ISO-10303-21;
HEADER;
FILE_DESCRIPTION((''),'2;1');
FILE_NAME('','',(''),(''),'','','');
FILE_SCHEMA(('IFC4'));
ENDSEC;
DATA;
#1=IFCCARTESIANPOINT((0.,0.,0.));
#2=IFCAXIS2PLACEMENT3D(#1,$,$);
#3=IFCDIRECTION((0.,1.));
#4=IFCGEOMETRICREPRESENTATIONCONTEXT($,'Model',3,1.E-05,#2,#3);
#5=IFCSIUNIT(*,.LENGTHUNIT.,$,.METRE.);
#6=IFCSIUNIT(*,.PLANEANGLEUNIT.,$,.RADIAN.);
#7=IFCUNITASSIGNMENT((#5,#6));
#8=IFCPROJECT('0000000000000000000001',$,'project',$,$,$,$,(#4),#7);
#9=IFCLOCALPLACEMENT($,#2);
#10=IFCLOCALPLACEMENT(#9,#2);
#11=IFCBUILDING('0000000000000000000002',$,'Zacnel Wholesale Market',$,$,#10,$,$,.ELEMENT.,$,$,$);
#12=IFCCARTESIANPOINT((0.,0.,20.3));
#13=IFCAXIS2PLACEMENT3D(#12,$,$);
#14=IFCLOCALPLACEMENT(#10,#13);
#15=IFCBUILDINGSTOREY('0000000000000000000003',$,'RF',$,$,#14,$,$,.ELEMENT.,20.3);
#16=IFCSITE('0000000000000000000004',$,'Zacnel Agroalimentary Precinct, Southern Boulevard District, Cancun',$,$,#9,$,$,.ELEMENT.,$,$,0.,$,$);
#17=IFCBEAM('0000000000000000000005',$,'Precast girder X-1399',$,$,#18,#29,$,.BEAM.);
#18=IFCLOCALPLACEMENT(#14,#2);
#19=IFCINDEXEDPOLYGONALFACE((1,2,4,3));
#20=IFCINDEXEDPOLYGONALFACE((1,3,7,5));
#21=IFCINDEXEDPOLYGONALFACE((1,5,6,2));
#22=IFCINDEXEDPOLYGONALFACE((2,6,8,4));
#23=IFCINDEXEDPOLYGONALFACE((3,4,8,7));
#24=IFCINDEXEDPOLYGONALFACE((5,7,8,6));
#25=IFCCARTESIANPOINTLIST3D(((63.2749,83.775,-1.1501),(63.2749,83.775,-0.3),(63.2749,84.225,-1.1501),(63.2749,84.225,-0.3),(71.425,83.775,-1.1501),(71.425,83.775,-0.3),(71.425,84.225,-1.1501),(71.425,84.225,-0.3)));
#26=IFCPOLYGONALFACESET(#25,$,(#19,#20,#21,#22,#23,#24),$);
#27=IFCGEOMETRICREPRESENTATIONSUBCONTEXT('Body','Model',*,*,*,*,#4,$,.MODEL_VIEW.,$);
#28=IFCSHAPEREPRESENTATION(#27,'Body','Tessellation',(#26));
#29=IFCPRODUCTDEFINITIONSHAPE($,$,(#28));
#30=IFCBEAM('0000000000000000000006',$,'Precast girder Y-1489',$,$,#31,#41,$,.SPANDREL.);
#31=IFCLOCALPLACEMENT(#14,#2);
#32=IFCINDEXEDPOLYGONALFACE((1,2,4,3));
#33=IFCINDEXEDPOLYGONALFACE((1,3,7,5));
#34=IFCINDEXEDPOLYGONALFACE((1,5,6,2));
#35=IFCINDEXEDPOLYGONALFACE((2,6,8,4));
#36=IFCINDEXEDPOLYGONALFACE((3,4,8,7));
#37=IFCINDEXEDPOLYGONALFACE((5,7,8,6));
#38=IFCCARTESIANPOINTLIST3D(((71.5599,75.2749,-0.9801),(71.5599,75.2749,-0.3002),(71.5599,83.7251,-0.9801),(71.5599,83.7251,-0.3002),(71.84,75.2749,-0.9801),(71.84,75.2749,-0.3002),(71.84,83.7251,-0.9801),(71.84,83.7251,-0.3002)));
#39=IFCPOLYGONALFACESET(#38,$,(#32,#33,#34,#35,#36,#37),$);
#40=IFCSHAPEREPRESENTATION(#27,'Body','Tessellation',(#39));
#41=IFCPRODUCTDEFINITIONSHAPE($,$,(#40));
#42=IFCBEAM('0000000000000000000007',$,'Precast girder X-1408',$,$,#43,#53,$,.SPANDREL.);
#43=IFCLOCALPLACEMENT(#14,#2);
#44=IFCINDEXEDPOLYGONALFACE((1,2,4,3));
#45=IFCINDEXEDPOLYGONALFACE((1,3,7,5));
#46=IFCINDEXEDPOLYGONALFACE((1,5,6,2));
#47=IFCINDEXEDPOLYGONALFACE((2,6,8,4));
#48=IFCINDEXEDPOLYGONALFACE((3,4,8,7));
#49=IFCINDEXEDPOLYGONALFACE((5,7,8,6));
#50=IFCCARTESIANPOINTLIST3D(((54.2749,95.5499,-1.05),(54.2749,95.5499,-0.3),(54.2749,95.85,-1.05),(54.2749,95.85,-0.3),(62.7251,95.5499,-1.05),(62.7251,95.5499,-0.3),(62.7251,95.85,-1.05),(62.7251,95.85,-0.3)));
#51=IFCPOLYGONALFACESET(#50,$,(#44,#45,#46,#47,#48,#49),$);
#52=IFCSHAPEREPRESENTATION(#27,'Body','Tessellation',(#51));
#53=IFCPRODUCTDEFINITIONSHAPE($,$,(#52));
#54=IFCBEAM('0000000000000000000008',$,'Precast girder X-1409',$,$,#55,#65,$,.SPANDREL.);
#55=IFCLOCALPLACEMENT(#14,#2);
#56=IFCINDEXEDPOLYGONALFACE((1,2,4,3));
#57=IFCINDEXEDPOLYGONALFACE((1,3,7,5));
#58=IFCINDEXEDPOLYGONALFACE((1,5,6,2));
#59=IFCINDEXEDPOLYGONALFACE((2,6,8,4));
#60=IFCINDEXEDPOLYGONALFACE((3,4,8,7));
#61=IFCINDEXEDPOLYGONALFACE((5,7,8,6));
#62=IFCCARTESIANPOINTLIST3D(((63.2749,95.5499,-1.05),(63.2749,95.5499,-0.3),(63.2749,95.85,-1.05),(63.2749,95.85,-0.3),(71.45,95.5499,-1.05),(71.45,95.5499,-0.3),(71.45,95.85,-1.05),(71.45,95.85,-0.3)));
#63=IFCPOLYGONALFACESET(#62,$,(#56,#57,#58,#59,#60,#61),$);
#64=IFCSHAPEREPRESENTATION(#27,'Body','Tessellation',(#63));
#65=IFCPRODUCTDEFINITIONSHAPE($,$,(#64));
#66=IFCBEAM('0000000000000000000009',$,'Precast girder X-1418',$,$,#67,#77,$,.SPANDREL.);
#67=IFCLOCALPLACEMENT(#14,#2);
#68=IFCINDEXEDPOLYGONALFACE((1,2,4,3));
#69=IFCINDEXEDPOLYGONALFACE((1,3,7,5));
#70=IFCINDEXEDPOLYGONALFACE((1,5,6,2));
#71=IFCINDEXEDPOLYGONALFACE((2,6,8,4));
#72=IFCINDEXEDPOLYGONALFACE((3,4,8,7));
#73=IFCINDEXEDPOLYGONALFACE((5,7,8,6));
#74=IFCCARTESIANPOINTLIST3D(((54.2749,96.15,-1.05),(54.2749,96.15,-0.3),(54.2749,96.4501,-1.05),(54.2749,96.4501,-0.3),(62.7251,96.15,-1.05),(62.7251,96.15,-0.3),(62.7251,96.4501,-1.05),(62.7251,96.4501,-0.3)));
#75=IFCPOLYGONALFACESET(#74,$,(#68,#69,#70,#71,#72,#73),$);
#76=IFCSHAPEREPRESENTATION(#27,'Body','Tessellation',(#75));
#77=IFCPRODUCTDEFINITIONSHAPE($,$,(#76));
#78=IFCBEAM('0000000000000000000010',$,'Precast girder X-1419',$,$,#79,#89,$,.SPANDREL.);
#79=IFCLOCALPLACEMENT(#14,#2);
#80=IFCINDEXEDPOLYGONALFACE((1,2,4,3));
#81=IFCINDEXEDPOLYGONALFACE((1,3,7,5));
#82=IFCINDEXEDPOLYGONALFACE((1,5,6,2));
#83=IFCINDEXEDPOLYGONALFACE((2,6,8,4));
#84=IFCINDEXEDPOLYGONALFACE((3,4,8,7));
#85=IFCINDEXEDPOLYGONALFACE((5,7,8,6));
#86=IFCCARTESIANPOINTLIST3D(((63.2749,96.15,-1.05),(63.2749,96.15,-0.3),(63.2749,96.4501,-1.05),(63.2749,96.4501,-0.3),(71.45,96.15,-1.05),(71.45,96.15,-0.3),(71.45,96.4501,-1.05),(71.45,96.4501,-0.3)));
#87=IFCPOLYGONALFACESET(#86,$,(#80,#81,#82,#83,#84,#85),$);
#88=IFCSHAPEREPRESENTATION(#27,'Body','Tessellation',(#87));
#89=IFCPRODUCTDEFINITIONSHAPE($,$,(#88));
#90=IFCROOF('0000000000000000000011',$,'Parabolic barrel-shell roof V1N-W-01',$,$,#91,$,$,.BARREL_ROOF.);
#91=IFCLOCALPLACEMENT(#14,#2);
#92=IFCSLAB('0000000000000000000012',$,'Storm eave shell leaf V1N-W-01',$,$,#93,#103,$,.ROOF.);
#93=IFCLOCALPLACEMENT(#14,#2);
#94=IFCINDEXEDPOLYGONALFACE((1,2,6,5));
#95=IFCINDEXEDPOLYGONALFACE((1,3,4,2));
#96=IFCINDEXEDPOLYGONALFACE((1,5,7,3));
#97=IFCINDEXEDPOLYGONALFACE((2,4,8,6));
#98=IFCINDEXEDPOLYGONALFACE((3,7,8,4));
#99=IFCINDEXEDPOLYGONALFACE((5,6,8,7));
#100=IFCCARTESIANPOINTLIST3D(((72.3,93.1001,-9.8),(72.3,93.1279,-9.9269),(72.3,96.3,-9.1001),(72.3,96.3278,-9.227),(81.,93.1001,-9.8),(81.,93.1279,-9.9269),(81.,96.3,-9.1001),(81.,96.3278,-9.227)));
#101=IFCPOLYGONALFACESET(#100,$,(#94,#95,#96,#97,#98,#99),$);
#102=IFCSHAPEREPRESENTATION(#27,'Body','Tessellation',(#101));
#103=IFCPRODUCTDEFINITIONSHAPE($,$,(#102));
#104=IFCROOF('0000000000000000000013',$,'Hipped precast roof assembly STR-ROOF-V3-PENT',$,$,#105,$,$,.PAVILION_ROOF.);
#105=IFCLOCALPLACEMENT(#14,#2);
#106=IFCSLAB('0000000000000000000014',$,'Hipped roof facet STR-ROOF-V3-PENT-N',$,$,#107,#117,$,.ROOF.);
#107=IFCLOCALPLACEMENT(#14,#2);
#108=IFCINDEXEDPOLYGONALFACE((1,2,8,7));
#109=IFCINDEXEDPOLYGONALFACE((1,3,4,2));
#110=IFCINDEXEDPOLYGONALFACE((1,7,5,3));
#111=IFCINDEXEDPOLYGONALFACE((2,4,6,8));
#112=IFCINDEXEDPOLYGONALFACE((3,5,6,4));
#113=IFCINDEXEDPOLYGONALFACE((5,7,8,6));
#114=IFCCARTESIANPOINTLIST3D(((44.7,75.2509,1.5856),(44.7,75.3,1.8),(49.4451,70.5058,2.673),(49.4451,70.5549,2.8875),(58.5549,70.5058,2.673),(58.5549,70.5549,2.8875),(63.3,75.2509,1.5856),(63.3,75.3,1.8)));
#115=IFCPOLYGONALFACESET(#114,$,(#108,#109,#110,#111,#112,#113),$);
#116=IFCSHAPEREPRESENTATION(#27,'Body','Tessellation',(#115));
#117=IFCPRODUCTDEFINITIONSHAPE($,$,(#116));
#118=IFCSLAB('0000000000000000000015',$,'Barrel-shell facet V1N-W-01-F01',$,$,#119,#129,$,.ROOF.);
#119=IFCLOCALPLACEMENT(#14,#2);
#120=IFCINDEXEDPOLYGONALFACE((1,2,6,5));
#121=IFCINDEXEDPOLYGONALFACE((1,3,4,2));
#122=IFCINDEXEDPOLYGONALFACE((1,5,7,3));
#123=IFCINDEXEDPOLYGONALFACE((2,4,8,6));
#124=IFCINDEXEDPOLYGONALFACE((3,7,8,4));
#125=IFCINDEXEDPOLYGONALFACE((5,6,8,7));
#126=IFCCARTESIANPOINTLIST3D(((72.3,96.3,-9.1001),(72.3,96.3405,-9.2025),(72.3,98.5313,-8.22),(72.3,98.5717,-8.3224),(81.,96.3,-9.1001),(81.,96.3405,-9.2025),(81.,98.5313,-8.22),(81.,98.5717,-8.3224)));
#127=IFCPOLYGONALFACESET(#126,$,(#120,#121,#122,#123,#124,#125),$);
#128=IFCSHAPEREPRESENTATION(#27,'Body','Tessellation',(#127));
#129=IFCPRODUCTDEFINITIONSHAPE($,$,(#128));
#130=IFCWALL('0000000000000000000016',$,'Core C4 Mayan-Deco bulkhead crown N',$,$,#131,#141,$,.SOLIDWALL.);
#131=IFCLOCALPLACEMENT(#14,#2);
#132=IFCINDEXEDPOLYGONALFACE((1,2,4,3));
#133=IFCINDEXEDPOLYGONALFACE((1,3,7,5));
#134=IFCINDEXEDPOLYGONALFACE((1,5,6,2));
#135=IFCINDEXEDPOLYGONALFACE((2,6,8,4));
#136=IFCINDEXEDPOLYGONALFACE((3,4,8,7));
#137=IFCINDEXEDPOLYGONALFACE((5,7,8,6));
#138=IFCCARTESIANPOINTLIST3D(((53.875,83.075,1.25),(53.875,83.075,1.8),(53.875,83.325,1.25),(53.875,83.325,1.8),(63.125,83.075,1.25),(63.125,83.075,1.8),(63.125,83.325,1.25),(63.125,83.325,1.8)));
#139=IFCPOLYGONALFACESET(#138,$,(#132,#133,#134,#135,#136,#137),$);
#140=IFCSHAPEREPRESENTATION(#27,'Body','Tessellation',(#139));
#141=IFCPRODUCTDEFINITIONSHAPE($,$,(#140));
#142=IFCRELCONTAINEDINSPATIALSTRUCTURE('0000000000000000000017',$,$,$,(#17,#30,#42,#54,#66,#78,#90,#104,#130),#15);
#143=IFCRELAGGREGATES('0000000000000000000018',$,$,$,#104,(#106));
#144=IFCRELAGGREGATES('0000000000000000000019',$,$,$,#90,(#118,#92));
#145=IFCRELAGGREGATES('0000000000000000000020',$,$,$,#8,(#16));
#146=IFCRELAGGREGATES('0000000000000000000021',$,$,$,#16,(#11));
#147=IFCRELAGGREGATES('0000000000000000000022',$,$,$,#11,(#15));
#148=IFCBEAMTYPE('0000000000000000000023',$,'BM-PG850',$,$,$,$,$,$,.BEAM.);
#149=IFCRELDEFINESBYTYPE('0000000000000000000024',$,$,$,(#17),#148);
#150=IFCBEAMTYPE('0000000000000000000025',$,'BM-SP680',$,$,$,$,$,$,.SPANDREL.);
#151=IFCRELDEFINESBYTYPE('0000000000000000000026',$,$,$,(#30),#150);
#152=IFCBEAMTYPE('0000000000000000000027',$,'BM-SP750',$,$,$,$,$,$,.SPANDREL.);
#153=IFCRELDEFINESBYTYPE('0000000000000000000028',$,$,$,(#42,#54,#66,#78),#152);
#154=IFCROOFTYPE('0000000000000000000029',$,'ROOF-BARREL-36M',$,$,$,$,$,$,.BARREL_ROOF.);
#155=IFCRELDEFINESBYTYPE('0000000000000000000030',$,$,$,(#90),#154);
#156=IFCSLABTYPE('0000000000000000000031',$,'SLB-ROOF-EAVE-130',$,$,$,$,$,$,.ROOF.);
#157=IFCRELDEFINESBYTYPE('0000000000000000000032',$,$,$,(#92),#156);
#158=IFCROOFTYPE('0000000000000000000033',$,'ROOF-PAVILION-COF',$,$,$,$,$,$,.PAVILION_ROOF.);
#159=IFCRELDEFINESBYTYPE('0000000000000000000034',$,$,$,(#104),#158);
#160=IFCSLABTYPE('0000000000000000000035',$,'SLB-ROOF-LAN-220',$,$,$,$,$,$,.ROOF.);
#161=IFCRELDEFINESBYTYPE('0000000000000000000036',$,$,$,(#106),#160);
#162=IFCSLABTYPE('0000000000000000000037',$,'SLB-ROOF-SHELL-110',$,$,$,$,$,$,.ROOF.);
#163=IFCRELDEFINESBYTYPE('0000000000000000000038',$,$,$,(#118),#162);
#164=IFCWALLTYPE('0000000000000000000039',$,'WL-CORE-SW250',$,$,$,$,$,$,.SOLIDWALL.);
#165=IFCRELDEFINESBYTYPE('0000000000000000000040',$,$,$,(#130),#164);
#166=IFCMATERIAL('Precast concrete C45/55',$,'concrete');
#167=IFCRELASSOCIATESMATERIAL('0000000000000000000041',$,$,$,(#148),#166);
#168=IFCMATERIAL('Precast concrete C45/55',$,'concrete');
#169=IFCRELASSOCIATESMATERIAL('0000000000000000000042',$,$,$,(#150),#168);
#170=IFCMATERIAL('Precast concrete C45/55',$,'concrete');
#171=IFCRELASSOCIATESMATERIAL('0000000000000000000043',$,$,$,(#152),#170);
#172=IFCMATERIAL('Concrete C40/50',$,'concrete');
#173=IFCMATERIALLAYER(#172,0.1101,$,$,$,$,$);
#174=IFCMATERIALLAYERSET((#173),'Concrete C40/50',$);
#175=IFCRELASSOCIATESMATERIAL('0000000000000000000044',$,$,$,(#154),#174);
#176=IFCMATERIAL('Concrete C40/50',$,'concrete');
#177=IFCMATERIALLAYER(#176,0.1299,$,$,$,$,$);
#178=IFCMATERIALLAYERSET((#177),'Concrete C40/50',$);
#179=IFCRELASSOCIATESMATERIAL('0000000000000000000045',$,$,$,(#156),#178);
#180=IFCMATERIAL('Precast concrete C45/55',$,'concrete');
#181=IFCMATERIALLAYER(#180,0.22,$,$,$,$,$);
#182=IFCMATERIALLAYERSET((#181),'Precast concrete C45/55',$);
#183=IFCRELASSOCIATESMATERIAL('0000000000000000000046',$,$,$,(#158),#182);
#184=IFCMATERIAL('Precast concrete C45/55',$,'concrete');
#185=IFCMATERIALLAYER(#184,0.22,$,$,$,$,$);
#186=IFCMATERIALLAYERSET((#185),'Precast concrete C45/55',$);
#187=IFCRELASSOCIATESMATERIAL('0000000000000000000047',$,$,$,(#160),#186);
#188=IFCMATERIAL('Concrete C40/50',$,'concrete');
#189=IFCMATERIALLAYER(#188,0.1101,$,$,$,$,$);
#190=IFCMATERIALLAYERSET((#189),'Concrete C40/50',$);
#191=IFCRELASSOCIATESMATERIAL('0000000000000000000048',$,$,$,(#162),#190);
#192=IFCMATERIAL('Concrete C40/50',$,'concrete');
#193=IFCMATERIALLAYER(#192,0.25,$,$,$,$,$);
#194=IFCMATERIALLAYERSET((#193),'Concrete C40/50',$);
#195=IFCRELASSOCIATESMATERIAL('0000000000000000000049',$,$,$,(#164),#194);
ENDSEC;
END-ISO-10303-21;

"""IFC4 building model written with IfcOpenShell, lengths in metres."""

from ifc_helpers import new_model, si_unit, direction, frame, frame_2d, origin, origin_2d, place, context, subcontext, project, spatial, polyline, rectangle, outline, extrude, material, layer, layer_set, material_profile, profile_set, type_object, element, aggregate, save


model = new_model("IFC4")

# Units and contexts
model_context = context("Model", 3, precision=1e-05, world=origin(), true_north=direction((0.0, 1.0)))
body_context = subcontext(model_context, "Body", "Model", "MODEL_VIEW")
ifc_project = project(units=[si_unit("LENGTHUNIT", "METRE"), si_unit("PLANEANGLEUNIT", "RADIAN")], contexts=[model_context])

# Site, building, storey
site_placement = place(None, origin())
site = spatial("IfcSite", under=ifc_project, at=site_placement, Name="Zacnel Agroalimentary Precinct, Southern Boulevard District, Cancun", CompositionType="ELEMENT", RefElevation=0.0)
building_placement = place(site_placement, origin())
building = spatial("IfcBuilding", under=site, at=building_placement, Name="Zacnel Wholesale Market", CompositionType="ELEMENT")
storey_placement = place(building_placement, frame((0.0, 0.0, 20.3)))
storey = spatial("IfcBuildingStorey", under=building, at=storey_placement, Name="RF", CompositionType="ELEMENT", Elevation=20.3)

# Beams
ifc_material_1 = material(Name="Precast concrete C45/55", Category="concrete")
ifc_material_profile_1 = material_profile(ifc_material_1, rectangle(XDim=0.45, YDim=0.8501, at=origin_2d()), Name="PG 450x850")
ifc_profile_set_1 = profile_set([ifc_material_profile_1], Name="Precast concrete C45/55")
beam_type_1 = type_object("IfcBeamType", Name="BM-PG850", PredefinedType="BEAM", material=ifc_profile_set_1)
beam_1_placement = place(storey_placement, frame((63.2749, 84.0, -0.7251), z_axis=(1.0, 0.0, 0.0), x_axis=(0.0, 1.0, 0.0)))
element("IfcBeam", 1, at=beam_1_placement, inside=storey, type_object=beam_type_1, Name="Precast girder X-1399", PredefinedType="BEAM", context=body_context, shape_type="SweptSolid", body=[
    extrude(rectangle(XDim=0.45, YDim=0.8501, at=origin_2d()), origin(), (0.0, 0.0, 1.0), 8.1501),
])
ifc_material_2 = material(Name="Precast concrete C45/55", Category="concrete")
ifc_material_profile_2 = material_profile(ifc_material_2, rectangle(XDim=0.28, YDim=0.6799, at=origin_2d()), Name="SP 280x680")
ifc_profile_set_2 = profile_set([ifc_material_profile_2], Name="Precast concrete C45/55")
beam_type_2 = type_object("IfcBeamType", Name="BM-SP680", PredefinedType="SPANDREL", material=ifc_profile_set_2)
beam_2_placement = place(storey_placement, frame((71.7, 75.2749, -0.6401), z_axis=(0.0, 1.0, 0.0), x_axis=(-1.0, 0.0, 0.0)))
element("IfcBeam", 2, at=beam_2_placement, inside=storey, type_object=beam_type_2, Name="Precast girder Y-1489", PredefinedType="SPANDREL", context=body_context, shape_type="SweptSolid", body=[
    extrude(rectangle(XDim=0.28, YDim=0.6799, at=origin_2d()), origin(), (0.0, 0.0, 1.0), 8.4502),
])
ifc_material_3 = material(Name="Precast concrete C45/55", Category="concrete")
ifc_material_profile_3 = material_profile(ifc_material_3, rectangle(XDim=0.3, YDim=0.75, at=origin_2d()), Name="SP 300x750")
ifc_profile_set_3 = profile_set([ifc_material_profile_3], Name="Precast concrete C45/55")
beam_type_3 = type_object("IfcBeamType", Name="BM-SP750", PredefinedType="SPANDREL", material=ifc_profile_set_3)
beam_3_placement = place(storey_placement, frame((54.2749, 95.7, -0.675), z_axis=(1.0, 0.0, 0.0), x_axis=(0.0, 1.0, 0.0)))
element("IfcBeam", 3, at=beam_3_placement, inside=storey, type_object=beam_type_3, Name="Precast girder X-1408", PredefinedType="SPANDREL", context=body_context, shape_type="SweptSolid", body=[
    extrude(rectangle(XDim=0.3, YDim=0.75, at=origin_2d()), origin(), (0.0, 0.0, 1.0), 8.4502),
])
beam_4_placement = place(storey_placement, frame((63.2749, 95.7, -0.675), z_axis=(1.0, 0.0, 0.0), x_axis=(0.0, 1.0, 0.0)))
element("IfcBeam", 4, at=beam_4_placement, inside=storey, type_object=beam_type_3, Name="Precast girder X-1409", PredefinedType="SPANDREL", context=body_context, shape_type="SweptSolid", body=[
    extrude(rectangle(XDim=0.3, YDim=0.75, at=origin_2d()), origin(), (0.0, 0.0, 1.0), 8.175),
])
beam_5_placement = place(storey_placement, frame((54.2749, 96.3, -0.675), z_axis=(1.0, 0.0, 0.0), x_axis=(0.0, 1.0, 0.0)))
element("IfcBeam", 5, at=beam_5_placement, inside=storey, type_object=beam_type_3, Name="Precast girder X-1418", PredefinedType="SPANDREL", context=body_context, shape_type="SweptSolid", body=[
    extrude(rectangle(XDim=0.3, YDim=0.75, at=origin_2d()), origin(), (0.0, 0.0, 1.0), 8.4502),
])
beam_6_placement = place(storey_placement, frame((63.2749, 96.3, -0.675), z_axis=(1.0, 0.0, 0.0), x_axis=(0.0, 1.0, 0.0)))
element("IfcBeam", 6, at=beam_6_placement, inside=storey, type_object=beam_type_3, Name="Precast girder X-1419", PredefinedType="SPANDREL", context=body_context, shape_type="SweptSolid", body=[
    extrude(rectangle(XDim=0.3, YDim=0.75, at=origin_2d()), origin(), (0.0, 0.0, 1.0), 8.175),
])

# Roofs, slabs
ifc_material_4 = material(Name="Concrete C40/50", Category="concrete")
ifc_layer_1 = layer(ifc_material_4, 0.1101)
ifc_layer_set_1 = layer_set([ifc_layer_1], Name="Concrete C40/50")
roof_type_1 = type_object("IfcRoofType", Name="ROOF-BARREL-36M", PredefinedType="BARREL_ROOF", material=ifc_layer_set_1)
roof_1_placement = place(storey_placement, origin())
roof_1 = element("IfcRoof", 7, at=roof_1_placement, inside=storey, type_object=roof_type_1, Name="Parabolic barrel-shell roof V1N-W-01", PredefinedType="BARREL_ROOF")
ifc_material_5 = material(Name="Concrete C40/50", Category="concrete")
ifc_layer_2 = layer(ifc_material_5, 0.1299)
ifc_layer_set_2 = layer_set([ifc_layer_2], Name="Concrete C40/50")
slab_type_1 = type_object("IfcSlabType", Name="SLB-ROOF-EAVE-130", PredefinedType="ROOF", material=ifc_layer_set_2)
slab_1_placement = place(storey_placement, frame((72.3, 93.1001, -9.8), z_axis=(0.0, -0.213686, 0.976902), x_axis=(1.0, 0.0, 0.0)))
slab_1 = element("IfcSlab", 8, at=slab_1_placement, type_object=slab_type_1, Name="Storm eave shell leaf V1N-W-01", PredefinedType="ROOF", context=body_context, shape_type="SweptSolid", body=[
    extrude(outline(polyline([(0.0, 0.0), (8.7, 0.0), (8.7, 3.2756), (0.0, 3.2756), (0.0, 0.0)])), origin(), (0.0, 0.0, -1.0), 0.1299),
])
ifc_material_6 = material(Name="Precast concrete C45/55", Category="concrete")
ifc_layer_3 = layer(ifc_material_6, 0.22)
ifc_layer_set_3 = layer_set([ifc_layer_3], Name="Precast concrete C45/55")
roof_type_2 = type_object("IfcRoofType", Name="ROOF-PAVILION-COF", PredefinedType="PAVILION_ROOF", material=ifc_layer_set_3)
roof_2_placement = place(storey_placement, origin())
roof_2 = element("IfcRoof", 9, at=roof_2_placement, inside=storey, type_object=roof_type_2, Name="Hipped precast roof assembly STR-ROOF-V3-PENT", PredefinedType="PAVILION_ROOF")
ifc_material_7 = material(Name="Precast concrete C45/55", Category="concrete")
ifc_layer_4 = layer(ifc_material_7, 0.22)
ifc_layer_set_4 = layer_set([ifc_layer_4], Name="Precast concrete C45/55")
slab_type_2 = type_object("IfcSlabType", Name="SLB-ROOF-LAN-220", PredefinedType="ROOF", material=ifc_layer_set_4)
slab_2_placement = place(storey_placement, frame((63.3, 75.3, 1.8), z_axis=(0.0, 0.223372, 0.974733), x_axis=(-1.0, 0.0, 0.0)))
slab_2 = element("IfcSlab", 10, at=slab_2_placement, type_object=slab_type_2, Name="Hipped roof facet STR-ROOF-V3-PENT-N", PredefinedType="ROOF", context=body_context, shape_type="SweptSolid", body=[
    extrude(outline(polyline([(0.0, 0.0), (18.6001, 0.0), (13.855, 4.8681), (4.7451, 4.8681), (0.0, 0.0)])), origin(), (0.0, 0.0, -1.0), 0.22),
])
aggregate(roof_2, [slab_2])

# Slab
ifc_material_8 = material(Name="Concrete C40/50", Category="concrete")
ifc_layer_5 = layer(ifc_material_8, 0.1101)
ifc_layer_set_5 = layer_set([ifc_layer_5], Name="Concrete C40/50")
slab_type_3 = type_object("IfcSlabType", Name="SLB-ROOF-SHELL-110", PredefinedType="ROOF", material=ifc_layer_set_5)
slab_3_placement = place(storey_placement, frame((72.3, 96.3, -9.1001), z_axis=(0.0, -0.366946, 0.930242), x_axis=(1.0, 0.0, 0.0)))
slab_3 = element("IfcSlab", 11, at=slab_3_placement, type_object=slab_type_3, Name="Barrel-shell facet V1N-W-01-F01", PredefinedType="ROOF", context=body_context, shape_type="SweptSolid", body=[
    extrude(outline(polyline([(0.0, 0.0), (8.7, 0.0), (8.7, 2.3985), (0.0, 2.3985), (0.0, 0.0)])), origin(), (0.0, 0.0, -1.0), 0.1101),
])
aggregate(roof_1, [slab_3, slab_1])

# Wall
ifc_material_9 = material(Name="Concrete C40/50", Category="concrete")
ifc_layer_6 = layer(ifc_material_9, 0.25)
ifc_layer_set_6 = layer_set([ifc_layer_6], Name="Concrete C40/50")
wall_type = type_object("IfcWallType", Name="WL-CORE-SW250", PredefinedType="SOLIDWALL", material=ifc_layer_set_6)
wall_placement = place(storey_placement, frame((53.875, 83.2, 1.25), z_axis=(0.0, 0.0, 1.0), x_axis=(1.0, 0.0, 0.0)))
element("IfcWall", 12, at=wall_placement, inside=storey, type_object=wall_type, Name="Core C4 Mayan-Deco bulkhead crown N", PredefinedType="SOLIDWALL", context=body_context, shape_type="SweptSolid", body=[
    extrude(rectangle(XDim=9.25, YDim=0.25, at=frame_2d((4.625, 0.0))), origin(), (0.0, 0.0, 1.0), 0.55),
])

save(model, "model.ifc")
